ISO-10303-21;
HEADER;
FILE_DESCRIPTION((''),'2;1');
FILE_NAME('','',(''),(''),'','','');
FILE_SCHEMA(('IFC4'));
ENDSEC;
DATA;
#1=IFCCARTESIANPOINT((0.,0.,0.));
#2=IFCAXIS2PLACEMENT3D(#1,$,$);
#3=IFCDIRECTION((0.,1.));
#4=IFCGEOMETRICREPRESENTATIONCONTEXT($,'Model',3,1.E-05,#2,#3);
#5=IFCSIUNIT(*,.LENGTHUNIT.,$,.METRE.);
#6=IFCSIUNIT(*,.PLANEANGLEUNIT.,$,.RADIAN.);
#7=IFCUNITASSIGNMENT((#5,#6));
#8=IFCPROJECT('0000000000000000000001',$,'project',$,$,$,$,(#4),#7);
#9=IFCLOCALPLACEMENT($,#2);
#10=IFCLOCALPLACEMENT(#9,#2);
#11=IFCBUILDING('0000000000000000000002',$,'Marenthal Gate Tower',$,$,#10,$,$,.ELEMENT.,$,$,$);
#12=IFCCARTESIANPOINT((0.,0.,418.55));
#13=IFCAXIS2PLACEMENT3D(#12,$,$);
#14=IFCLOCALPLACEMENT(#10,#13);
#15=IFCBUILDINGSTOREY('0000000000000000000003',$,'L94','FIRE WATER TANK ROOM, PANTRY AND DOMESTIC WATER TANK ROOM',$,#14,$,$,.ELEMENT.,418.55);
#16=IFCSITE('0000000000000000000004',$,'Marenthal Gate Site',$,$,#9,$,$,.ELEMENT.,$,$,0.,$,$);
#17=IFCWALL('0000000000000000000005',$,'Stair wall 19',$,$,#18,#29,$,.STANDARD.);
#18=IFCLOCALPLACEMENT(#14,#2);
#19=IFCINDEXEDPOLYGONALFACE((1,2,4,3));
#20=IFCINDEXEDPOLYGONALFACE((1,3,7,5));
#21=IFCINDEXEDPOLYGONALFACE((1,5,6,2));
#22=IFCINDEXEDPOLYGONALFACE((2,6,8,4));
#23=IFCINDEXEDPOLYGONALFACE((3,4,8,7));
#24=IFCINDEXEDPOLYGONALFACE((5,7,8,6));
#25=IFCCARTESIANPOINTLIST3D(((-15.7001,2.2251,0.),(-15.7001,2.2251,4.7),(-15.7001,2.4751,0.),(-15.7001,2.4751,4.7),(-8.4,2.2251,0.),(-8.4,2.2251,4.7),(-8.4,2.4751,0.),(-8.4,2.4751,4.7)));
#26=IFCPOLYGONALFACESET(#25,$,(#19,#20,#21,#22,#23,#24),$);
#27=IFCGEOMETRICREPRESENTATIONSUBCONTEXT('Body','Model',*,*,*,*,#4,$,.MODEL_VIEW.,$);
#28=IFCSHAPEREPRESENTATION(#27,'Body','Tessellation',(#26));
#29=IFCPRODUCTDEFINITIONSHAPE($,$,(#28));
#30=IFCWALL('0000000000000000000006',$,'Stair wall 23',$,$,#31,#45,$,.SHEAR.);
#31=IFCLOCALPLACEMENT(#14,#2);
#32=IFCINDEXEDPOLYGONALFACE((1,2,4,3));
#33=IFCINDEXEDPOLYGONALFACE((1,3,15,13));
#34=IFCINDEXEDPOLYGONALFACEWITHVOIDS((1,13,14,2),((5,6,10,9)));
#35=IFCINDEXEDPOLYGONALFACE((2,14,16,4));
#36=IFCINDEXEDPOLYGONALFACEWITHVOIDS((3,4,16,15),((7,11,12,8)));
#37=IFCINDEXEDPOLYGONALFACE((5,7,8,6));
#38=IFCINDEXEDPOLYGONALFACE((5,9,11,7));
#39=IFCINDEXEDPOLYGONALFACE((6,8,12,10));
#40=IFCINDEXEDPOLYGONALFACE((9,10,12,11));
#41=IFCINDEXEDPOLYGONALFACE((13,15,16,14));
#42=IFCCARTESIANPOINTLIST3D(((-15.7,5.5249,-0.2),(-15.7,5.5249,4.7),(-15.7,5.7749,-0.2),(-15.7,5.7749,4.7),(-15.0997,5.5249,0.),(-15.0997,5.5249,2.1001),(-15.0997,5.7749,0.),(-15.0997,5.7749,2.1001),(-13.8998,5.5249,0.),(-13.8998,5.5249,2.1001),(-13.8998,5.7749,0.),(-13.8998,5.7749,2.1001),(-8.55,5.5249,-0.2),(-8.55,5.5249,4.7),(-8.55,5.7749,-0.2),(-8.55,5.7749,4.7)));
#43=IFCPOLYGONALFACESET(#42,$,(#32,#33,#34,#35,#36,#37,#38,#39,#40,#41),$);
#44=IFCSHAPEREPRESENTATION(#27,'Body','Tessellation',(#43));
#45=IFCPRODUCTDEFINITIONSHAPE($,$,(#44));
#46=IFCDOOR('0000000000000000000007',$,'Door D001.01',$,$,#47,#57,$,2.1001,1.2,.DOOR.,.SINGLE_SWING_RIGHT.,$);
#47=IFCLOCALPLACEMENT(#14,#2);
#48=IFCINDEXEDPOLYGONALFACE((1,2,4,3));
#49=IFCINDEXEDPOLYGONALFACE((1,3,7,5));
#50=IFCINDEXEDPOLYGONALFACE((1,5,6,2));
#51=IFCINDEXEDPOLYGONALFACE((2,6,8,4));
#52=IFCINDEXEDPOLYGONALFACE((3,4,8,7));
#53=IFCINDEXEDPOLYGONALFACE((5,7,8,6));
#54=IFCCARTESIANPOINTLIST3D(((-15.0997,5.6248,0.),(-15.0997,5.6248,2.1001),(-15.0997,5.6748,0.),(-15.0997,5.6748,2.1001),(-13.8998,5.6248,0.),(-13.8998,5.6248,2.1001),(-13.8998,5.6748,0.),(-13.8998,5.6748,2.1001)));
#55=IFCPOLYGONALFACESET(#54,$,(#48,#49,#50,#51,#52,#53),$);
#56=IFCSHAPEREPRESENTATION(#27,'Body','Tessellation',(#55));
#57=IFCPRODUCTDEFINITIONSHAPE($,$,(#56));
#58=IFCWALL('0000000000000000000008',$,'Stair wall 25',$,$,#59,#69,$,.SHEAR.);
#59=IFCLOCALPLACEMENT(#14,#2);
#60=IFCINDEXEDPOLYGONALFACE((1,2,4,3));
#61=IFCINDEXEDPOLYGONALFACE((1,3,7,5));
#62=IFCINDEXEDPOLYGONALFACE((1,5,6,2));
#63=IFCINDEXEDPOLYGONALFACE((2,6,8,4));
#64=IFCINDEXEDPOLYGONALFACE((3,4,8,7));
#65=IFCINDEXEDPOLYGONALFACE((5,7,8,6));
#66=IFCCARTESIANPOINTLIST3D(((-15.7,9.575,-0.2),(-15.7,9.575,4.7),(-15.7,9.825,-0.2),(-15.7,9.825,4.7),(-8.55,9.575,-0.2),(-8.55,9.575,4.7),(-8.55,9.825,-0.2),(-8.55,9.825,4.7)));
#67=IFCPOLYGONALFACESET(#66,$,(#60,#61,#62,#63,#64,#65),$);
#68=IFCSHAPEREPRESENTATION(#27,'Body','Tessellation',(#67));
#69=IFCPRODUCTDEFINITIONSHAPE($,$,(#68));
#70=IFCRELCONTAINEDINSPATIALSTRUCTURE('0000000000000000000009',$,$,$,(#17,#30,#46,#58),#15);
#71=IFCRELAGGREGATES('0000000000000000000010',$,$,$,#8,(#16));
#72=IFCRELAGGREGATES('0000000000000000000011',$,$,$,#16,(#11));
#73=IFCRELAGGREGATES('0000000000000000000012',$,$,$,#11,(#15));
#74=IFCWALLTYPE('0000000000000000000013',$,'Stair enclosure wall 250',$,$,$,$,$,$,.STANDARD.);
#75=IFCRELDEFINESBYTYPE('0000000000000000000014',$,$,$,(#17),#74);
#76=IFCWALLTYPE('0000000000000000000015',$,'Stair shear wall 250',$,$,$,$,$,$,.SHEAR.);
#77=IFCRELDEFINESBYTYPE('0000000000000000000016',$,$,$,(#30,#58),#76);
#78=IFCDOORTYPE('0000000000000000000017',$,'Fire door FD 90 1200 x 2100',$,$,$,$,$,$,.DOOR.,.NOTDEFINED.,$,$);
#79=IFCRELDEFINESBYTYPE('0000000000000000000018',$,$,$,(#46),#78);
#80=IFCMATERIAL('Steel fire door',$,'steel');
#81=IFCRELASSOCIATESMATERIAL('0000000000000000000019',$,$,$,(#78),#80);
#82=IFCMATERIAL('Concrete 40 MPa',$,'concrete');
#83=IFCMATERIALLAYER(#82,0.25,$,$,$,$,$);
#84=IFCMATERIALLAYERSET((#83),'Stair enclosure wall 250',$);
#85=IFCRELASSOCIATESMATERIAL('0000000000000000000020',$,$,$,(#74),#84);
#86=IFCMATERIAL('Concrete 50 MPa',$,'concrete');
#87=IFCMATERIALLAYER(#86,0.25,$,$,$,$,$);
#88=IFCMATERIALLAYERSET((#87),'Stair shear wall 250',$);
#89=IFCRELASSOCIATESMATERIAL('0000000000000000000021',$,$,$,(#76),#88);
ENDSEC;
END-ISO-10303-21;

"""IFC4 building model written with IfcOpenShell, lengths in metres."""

from ifc_helpers import new_model, si_unit, direction, frame, frame_2d, origin, place, context, subcontext, project, spatial, rectangle, extrude, material, layer, layer_set, type_object, element, fill, save


model = new_model("IFC4")

# Units and contexts
model_context = context("Model", 3, precision=1e-05, world=origin(), true_north=direction((0.0, 1.0)))
body_context = subcontext(model_context, "Body", "Model", "MODEL_VIEW")
ifc_project = project(units=[si_unit("LENGTHUNIT", "METRE"), si_unit("PLANEANGLEUNIT", "RADIAN")], contexts=[model_context])

# Site, building, storey
site_placement = place(None, origin())
site = spatial("IfcSite", under=ifc_project, at=site_placement, Name="Marenthal Gate Site", CompositionType="ELEMENT", RefElevation=0.0)
building_placement = place(site_placement, origin())
building = spatial("IfcBuilding", under=site, at=building_placement, Name="Marenthal Gate Tower", CompositionType="ELEMENT")
storey_placement = place(building_placement, frame((0.0, 0.0, 418.55)))
storey = spatial("IfcBuildingStorey", under=building, at=storey_placement, Name="L94", Description="FIRE WATER TANK ROOM, PANTRY AND DOMESTIC WATER TANK ROOM", CompositionType="ELEMENT", Elevation=418.55)

# Shared definitions
ifc_material_1 = material(Name="Steel fire door", Category="steel")
door_type_1 = type_object("IfcDoorType", Name="Fire door FD 90 1200 x 2100", OperationType="NOTDEFINED", PredefinedType="DOOR", material=ifc_material_1)

# Wall
ifc_material_2 = material(Name="Concrete 40 MPa", Category="concrete")
ifc_layer_1 = layer(ifc_material_2, 0.25)
ifc_layer_set_1 = layer_set([ifc_layer_1], Name="Stair enclosure wall 250")
wall_type_1 = type_object("IfcWallType", Name="Stair enclosure wall 250", PredefinedType="STANDARD", material=ifc_layer_set_1)
for number, where, z_axis, x_axis, name in (
    (1, (-15.7, 2.3501, 0.0), (0.0, 0.0, 1.0), (1.0, 0.0, 0.0), "Stair wall 19"),
):
    element("IfcWall", number, at=place(storey_placement, frame(where, z_axis=z_axis, x_axis=x_axis)), inside=storey, type_object=wall_type_1, Name=name, PredefinedType="STANDARD", context=body_context, shape_type="SweptSolid", body=[
        extrude(rectangle(XDim=7.3, YDim=0.25, at=frame_2d((3.6499, 0.0))), origin(), (0.0, 0.0, 1.0), 4.7),
    ])

# Wall, opening, door
ifc_material_3 = material(Name="Concrete 50 MPa", Category="concrete")
ifc_layer_2 = layer(ifc_material_3, 0.25)
ifc_layer_set_2 = layer_set([ifc_layer_2], Name="Stair shear wall 250")
wall_type_2 = type_object("IfcWallType", Name="Stair shear wall 250", PredefinedType="SHEAR", material=ifc_layer_set_2)
wall_1_placement = place(storey_placement, frame((-15.7, 5.6499, -0.2), z_axis=(0.0, 0.0, 1.0), x_axis=(1.0, 0.0, 0.0)))
wall_1 = element("IfcWall", 2, at=wall_1_placement, inside=storey, type_object=wall_type_2, Name="Stair wall 23", PredefinedType="SHEAR", context=body_context, shape_type="SweptSolid", body=[
    extrude(rectangle(XDim=7.1499, YDim=0.25, at=frame_2d((3.575, 0.0))), origin(), (0.0, 0.0, 1.0), 4.8999),
])
opening_1_placement = place(wall_1_placement, frame((0.6001, 0.0, 0.2)))
opening_1 = element("IfcOpeningElement", 3, at=opening_1_placement, cuts=wall_1, PredefinedType="OPENING", context=body_context, shape_type="SweptSolid", body=[
    extrude(rectangle(XDim=1.2, YDim=2.1001, at=frame_2d((0.6001, 1.05))), frame((0.0, 0.135, 0.0), z_axis=(0.0, -1.0, 0.0), x_axis=(1.0, 0.0, 0.0)), (0.0, 0.0, 1.0), 0.27),
])
door_1_placement = place(opening_1_placement, origin())
door_1 = element("IfcDoor", 4, at=door_1_placement, inside=storey, type_object=door_type_1, Name="Door D001.01", OperationType="SINGLE_SWING_RIGHT", OverallHeight=2.1001, OverallWidth=1.2, PredefinedType="DOOR", context=body_context, shape_type="SweptSolid", body=[
    extrude(rectangle(XDim=1.2, YDim=2.1001, at=frame_2d((0.6001, 1.05))), frame((0.0, 0.0249, 0.0), z_axis=(0.0, -1.0, 0.0), x_axis=(1.0, 0.0, 0.0)), (0.0, 0.0, 1.0), 0.05),
])
fill(opening_1, door_1)

# Wall
wall_2_placement = place(storey_placement, frame((-15.7, 9.7, -0.2), z_axis=(0.0, 0.0, 1.0), x_axis=(1.0, 0.0, 0.0)))
element("IfcWall", 5, at=wall_2_placement, inside=storey, type_object=wall_type_2, Name="Stair wall 25", PredefinedType="SHEAR", context=body_context, shape_type="SweptSolid", body=[
    extrude(rectangle(XDim=7.1499, YDim=0.25, at=frame_2d((3.575, 0.0))), origin(), (0.0, 0.0, 1.0), 4.8999),
])

save(model, "model.ifc")
